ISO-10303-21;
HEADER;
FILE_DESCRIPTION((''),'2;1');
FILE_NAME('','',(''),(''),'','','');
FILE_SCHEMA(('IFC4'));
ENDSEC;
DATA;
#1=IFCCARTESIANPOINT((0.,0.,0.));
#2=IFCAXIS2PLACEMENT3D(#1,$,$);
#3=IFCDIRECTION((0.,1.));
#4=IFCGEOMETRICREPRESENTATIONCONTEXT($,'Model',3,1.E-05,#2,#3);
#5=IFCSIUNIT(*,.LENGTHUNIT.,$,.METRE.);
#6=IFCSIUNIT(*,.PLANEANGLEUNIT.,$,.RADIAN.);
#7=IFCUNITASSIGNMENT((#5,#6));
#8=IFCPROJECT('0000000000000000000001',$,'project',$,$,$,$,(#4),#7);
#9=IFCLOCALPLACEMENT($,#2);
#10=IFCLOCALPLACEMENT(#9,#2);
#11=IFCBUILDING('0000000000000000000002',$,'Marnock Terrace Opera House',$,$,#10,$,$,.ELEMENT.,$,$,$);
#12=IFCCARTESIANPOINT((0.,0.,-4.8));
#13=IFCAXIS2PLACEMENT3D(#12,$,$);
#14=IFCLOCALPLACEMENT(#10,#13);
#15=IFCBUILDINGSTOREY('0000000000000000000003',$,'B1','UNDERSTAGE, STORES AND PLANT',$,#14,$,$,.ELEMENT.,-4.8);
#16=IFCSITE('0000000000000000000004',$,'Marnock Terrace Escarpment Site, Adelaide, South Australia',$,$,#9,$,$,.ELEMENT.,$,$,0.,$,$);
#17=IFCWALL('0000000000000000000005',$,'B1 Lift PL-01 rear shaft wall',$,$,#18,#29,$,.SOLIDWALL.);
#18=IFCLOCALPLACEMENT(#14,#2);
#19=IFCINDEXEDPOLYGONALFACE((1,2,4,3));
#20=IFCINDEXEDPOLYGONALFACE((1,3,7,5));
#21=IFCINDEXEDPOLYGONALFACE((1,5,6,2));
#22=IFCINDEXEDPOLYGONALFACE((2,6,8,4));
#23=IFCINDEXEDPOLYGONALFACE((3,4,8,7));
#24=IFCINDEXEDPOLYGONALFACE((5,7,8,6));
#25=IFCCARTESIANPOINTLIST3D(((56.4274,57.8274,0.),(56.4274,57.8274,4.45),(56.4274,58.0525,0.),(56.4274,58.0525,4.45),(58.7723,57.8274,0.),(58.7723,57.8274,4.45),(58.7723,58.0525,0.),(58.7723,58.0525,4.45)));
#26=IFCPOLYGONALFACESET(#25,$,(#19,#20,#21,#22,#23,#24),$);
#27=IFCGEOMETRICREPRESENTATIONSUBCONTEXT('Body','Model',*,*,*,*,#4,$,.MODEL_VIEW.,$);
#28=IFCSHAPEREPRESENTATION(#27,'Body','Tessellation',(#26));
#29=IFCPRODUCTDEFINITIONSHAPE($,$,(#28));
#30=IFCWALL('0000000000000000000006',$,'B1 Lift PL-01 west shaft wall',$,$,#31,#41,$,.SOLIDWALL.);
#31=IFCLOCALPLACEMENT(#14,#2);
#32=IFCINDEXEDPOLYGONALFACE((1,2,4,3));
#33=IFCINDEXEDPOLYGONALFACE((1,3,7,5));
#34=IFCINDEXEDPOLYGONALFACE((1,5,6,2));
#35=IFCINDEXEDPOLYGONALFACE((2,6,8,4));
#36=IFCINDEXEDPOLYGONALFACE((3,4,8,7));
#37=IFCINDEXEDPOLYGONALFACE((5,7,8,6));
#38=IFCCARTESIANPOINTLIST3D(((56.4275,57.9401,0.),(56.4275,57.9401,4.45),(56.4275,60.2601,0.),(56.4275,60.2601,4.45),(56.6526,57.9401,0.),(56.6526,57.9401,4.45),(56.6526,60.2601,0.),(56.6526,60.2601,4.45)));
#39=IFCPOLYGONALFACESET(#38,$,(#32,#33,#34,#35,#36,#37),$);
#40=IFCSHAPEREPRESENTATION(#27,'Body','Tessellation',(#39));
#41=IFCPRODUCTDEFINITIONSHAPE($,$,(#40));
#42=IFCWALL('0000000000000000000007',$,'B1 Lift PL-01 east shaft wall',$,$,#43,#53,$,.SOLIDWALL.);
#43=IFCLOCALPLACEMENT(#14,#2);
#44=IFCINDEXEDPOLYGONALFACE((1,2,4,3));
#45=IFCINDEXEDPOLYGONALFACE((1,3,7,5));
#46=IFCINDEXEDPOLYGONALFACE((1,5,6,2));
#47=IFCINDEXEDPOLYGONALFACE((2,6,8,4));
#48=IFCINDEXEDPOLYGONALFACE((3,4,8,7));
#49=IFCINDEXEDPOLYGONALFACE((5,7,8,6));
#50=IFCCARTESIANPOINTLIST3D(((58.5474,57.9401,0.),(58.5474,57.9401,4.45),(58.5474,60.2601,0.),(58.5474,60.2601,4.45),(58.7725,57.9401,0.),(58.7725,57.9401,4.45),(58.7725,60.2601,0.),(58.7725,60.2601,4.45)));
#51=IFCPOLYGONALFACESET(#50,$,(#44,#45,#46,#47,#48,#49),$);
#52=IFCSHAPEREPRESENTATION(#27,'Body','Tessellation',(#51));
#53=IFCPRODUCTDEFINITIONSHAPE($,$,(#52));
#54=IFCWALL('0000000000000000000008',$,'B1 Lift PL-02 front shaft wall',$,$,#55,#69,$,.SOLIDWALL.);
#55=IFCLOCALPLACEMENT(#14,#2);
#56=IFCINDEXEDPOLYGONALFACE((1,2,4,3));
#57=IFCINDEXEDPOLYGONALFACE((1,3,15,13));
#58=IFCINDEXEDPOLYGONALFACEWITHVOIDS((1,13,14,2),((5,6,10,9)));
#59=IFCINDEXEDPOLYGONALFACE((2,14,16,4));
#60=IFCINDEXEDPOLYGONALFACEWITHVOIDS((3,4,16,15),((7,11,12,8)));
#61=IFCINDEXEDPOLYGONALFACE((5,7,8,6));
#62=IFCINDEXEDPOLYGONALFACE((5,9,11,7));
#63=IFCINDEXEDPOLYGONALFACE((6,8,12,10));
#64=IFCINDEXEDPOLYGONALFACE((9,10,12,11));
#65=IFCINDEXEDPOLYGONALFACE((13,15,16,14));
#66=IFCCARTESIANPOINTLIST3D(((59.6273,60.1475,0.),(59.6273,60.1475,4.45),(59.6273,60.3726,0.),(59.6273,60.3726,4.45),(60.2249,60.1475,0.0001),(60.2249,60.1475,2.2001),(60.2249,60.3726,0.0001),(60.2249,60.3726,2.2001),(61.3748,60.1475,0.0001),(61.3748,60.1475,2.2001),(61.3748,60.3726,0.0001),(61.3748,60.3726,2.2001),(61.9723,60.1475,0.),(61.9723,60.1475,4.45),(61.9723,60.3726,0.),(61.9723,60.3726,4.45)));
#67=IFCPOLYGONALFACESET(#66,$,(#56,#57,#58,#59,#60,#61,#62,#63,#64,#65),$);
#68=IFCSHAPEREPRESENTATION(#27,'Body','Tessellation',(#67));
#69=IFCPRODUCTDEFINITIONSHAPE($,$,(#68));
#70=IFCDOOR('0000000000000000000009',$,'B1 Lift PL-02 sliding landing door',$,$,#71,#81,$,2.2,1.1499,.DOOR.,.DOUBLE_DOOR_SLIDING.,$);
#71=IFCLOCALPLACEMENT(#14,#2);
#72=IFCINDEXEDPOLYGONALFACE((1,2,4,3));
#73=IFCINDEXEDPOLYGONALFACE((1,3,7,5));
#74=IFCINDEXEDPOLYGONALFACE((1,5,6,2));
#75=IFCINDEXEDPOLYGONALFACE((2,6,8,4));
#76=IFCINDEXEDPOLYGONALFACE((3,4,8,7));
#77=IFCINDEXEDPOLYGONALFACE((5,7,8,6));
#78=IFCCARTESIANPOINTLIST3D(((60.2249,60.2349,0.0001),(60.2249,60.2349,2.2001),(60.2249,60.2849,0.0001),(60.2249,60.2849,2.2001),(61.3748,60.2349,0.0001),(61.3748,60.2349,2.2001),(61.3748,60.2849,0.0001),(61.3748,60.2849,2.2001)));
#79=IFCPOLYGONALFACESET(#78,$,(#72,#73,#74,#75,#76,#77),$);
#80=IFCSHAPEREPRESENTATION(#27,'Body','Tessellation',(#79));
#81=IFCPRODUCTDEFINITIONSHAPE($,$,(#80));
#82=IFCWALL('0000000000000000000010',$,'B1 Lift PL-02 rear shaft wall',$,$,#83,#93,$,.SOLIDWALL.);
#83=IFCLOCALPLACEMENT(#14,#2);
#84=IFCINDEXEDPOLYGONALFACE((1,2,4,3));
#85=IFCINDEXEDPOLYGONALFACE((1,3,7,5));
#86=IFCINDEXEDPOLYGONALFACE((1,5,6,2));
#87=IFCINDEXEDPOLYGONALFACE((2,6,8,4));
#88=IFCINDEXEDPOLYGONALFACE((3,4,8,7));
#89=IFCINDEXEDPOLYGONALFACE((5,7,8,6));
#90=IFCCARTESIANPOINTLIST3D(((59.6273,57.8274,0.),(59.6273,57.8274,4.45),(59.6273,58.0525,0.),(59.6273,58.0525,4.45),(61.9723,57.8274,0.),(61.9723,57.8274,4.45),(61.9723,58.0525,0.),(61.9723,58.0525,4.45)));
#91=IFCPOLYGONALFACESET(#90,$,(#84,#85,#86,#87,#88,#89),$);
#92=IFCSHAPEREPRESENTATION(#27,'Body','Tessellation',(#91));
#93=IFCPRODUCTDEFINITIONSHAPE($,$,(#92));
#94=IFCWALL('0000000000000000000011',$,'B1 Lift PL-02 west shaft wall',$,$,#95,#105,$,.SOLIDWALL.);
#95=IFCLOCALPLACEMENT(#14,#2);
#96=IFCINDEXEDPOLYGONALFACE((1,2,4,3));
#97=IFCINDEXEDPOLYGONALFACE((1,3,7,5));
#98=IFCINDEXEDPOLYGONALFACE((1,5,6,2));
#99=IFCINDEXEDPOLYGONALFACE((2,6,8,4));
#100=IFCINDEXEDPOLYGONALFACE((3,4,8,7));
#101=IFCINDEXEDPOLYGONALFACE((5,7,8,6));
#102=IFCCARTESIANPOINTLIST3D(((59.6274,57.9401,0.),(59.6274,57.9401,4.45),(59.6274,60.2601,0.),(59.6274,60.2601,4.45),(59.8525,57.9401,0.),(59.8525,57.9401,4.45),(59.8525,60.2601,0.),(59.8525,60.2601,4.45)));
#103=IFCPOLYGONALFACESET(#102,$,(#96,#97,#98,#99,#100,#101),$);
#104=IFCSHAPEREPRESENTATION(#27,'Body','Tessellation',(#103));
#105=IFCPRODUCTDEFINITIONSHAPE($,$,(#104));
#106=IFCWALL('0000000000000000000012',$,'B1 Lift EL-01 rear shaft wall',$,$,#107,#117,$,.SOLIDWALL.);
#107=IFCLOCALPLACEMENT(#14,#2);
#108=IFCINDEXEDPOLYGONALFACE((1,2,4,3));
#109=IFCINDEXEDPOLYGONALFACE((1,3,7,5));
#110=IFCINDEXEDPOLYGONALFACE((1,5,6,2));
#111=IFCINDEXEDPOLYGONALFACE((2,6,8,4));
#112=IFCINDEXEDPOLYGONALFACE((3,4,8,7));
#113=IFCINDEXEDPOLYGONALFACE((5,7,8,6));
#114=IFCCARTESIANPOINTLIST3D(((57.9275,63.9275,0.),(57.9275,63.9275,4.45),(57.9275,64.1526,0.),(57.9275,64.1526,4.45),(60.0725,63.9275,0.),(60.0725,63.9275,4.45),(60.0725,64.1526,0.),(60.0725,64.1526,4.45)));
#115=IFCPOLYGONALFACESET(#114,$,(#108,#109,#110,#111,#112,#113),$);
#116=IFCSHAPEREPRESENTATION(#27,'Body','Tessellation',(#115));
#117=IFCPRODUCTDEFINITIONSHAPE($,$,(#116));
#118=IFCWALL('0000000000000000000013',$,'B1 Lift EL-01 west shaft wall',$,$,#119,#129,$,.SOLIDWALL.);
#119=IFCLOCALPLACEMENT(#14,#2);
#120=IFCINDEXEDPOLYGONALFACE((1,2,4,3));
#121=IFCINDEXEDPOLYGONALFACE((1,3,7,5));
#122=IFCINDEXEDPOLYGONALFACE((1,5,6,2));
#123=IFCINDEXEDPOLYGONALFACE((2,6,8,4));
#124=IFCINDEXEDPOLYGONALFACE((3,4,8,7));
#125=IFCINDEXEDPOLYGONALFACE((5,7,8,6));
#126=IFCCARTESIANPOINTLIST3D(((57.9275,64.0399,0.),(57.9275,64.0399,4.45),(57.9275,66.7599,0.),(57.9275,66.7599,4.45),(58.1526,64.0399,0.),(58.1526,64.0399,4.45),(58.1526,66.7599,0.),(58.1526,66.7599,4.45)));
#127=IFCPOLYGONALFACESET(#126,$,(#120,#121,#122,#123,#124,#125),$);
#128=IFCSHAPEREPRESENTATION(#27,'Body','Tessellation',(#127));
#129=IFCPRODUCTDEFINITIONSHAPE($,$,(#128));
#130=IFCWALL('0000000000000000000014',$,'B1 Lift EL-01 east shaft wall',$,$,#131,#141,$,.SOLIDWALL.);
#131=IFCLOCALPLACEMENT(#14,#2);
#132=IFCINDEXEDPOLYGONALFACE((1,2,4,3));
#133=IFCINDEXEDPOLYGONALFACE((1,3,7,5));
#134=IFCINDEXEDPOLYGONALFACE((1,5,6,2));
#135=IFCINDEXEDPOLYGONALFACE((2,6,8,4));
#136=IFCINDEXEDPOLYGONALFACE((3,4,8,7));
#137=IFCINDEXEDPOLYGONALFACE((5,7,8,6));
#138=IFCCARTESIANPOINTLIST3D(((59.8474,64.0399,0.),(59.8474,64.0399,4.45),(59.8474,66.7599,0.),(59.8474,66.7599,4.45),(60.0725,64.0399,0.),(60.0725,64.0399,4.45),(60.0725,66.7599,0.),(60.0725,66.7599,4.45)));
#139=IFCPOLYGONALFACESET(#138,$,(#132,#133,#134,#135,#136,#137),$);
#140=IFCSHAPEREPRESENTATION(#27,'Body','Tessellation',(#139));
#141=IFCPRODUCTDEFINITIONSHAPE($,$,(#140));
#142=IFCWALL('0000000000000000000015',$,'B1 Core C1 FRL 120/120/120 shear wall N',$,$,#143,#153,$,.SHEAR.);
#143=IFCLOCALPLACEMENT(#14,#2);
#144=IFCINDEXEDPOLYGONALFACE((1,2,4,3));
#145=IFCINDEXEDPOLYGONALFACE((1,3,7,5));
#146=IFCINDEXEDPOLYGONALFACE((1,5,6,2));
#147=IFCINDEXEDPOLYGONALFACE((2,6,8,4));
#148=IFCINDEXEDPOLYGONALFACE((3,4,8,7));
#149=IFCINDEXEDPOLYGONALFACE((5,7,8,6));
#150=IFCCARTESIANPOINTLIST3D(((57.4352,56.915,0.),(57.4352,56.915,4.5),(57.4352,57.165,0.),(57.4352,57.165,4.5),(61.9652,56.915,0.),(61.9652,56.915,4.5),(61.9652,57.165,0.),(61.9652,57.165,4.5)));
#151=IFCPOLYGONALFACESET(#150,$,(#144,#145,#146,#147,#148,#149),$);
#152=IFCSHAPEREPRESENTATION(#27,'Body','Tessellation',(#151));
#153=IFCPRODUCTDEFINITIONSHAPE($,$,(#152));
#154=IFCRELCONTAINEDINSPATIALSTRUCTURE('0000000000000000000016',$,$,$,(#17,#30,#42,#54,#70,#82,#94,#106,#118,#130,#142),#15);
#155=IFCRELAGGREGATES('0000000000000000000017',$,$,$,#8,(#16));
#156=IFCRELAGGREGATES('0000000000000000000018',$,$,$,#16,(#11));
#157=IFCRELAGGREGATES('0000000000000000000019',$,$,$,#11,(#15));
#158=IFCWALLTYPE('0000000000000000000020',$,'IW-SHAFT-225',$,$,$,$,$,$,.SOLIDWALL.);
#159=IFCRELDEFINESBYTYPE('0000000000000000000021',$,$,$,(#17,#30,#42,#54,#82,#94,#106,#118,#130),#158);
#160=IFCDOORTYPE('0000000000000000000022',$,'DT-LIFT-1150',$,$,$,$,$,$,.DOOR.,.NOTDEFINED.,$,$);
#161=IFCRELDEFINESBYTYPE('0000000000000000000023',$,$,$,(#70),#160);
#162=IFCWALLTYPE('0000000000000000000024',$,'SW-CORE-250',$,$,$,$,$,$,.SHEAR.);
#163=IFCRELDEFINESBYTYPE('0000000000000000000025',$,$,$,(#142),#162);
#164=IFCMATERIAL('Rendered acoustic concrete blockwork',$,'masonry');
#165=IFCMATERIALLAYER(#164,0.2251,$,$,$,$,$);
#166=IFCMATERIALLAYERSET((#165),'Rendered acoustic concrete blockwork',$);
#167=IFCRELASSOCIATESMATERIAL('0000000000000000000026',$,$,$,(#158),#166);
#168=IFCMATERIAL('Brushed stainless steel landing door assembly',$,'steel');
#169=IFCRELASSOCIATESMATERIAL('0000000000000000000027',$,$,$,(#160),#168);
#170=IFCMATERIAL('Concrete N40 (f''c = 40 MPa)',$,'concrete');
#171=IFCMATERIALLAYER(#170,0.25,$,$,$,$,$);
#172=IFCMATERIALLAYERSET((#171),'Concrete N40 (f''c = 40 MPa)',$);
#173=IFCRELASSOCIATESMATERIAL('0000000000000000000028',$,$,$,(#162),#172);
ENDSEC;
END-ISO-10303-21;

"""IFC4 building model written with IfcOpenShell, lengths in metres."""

from ifc_helpers import new_model, si_unit, direction, frame, frame_2d, origin, place, context, subcontext, project, spatial, rectangle, extrude, material, layer, layer_set, type_object, element, fill, save


model = new_model("IFC4")

# Units and contexts
model_context = context("Model", 3, precision=1e-05, world=origin(), true_north=direction((0.0, 1.0)))
body_context = subcontext(model_context, "Body", "Model", "MODEL_VIEW")
ifc_project = project(units=[si_unit("LENGTHUNIT", "METRE"), si_unit("PLANEANGLEUNIT", "RADIAN")], contexts=[model_context])

# Site, building, storey
site_placement = place(None, origin())
site = spatial("IfcSite", under=ifc_project, at=site_placement, Name="Marnock Terrace Escarpment Site, Adelaide, South Australia", CompositionType="ELEMENT", RefElevation=0.0)
building_placement = place(site_placement, origin())
building = spatial("IfcBuilding", under=site, at=building_placement, Name="Marnock Terrace Opera House", CompositionType="ELEMENT")
storey_placement = place(building_placement, frame((0.0, 0.0, -4.8)))
storey = spatial("IfcBuildingStorey", under=building, at=storey_placement, Name="B1", Description="UNDERSTAGE, STORES AND PLANT", CompositionType="ELEMENT", Elevation=-4.8)

# Shared definitions
ifc_material_1 = material(Name="Concrete N40 (f'c = 40 MPa)", Category="concrete")

# Shared definitions
ifc_material_2 = material(Name="Rendered acoustic concrete blockwork", Category="masonry")
ifc_layer_1 = layer(ifc_material_2, 0.2251)
ifc_layer_set_1 = layer_set([ifc_layer_1], Name="Rendered acoustic concrete blockwork")
wall_type_1 = type_object("IfcWallType", Name="IW-SHAFT-225", PredefinedType="SOLIDWALL", material=ifc_layer_set_1)
ifc_material_3 = material(Name="Brushed stainless steel landing door assembly", Category="steel")
door_type = type_object("IfcDoorType", Name="DT-LIFT-1150", OperationType="NOTDEFINED", PredefinedType="DOOR", material=ifc_material_3)

# Walls
wall_1_placement = place(storey_placement, frame((56.4275, 57.9399, 0.0), z_axis=(0.0, 0.0, 1.0), x_axis=(1.0, 0.0, 0.0)))
element("IfcWall", 1, at=wall_1_placement, inside=storey, type_object=wall_type_1, Name="B1 Lift PL-01 rear shaft wall", PredefinedType="SOLIDWALL", context=body_context, shape_type="SweptSolid", body=[
    extrude(rectangle(XDim=2.345, YDim=0.2251, at=frame_2d((1.1724, 0.0))), origin(), (0.0, 0.0, 1.0), 4.45),
])
for number, where, z_axis, x_axis, name in (
    (2, (56.54, 57.9399, 0.0), (0.0, 0.0, 1.0), (0.0, 1.0, 0.0), "B1 Lift PL-01 west shaft wall"),
    (3, (58.6599, 57.9399, 0.0), (0.0, 0.0, 1.0), (0.0, 1.0, 0.0), "B1 Lift PL-01 east shaft wall"),
):
    element("IfcWall", number, at=place(storey_placement, frame(where, z_axis=z_axis, x_axis=x_axis)), inside=storey, type_object=wall_type_1, Name=name, PredefinedType="SOLIDWALL", context=body_context, shape_type="SweptSolid", body=[
        extrude(rectangle(XDim=2.3201, YDim=0.2251, at=frame_2d((1.1602, 0.0))), origin(), (0.0, 0.0, 1.0), 4.45),
    ])

# Wall, opening, door
wall_2_placement = place(storey_placement, frame((59.6274, 60.26, 0.0), z_axis=(0.0, 0.0, 1.0), x_axis=(1.0, 0.0, 0.0)))
wall_2 = element("IfcWall", 4, at=wall_2_placement, inside=storey, type_object=wall_type_1, Name="B1 Lift PL-02 front shaft wall", PredefinedType="SOLIDWALL", context=body_context, shape_type="SweptSolid", body=[
    extrude(rectangle(XDim=2.345, YDim=0.2251, at=frame_2d((1.1724, 0.0))), origin(), (0.0, 0.0, 1.0), 4.45),
])
opening_1_placement = place(wall_2_placement, frame((0.5974, 0.0, 0.0)))
opening_1 = element("IfcOpeningElement", 5, at=opening_1_placement, cuts=wall_2, PredefinedType="OPENING", context=body_context, shape_type="SweptSolid", body=[
    extrude(rectangle(XDim=1.1499, YDim=2.2, at=frame_2d((0.575, 1.1001))), frame((0.0, 0.1226, 0.0), z_axis=(0.0, -1.0, 0.0), x_axis=(1.0, 0.0, 0.0)), (0.0, 0.0, 1.0), 0.2451),
])
door_1_placement = place(opening_1_placement, origin())
door_1 = element("IfcDoor", 6, at=door_1_placement, inside=storey, type_object=door_type, Name="B1 Lift PL-02 sliding landing door", OperationType="DOUBLE_DOOR_SLIDING", OverallHeight=2.2, OverallWidth=1.1499, PredefinedType="DOOR", context=body_context, shape_type="SweptSolid", body=[
    extrude(rectangle(XDim=1.1499, YDim=2.2, at=frame_2d((0.575, 1.1001))), frame((0.0, 0.0249, 0.0), z_axis=(0.0, -1.0, 0.0), x_axis=(1.0, 0.0, 0.0)), (0.0, 0.0, 1.0), 0.05),
])
fill(opening_1, door_1)

# Walls
wall_3_placement = place(storey_placement, frame((59.6274, 57.9399, 0.0), z_axis=(0.0, 0.0, 1.0), x_axis=(1.0, 0.0, 0.0)))
element("IfcWall", 7, at=wall_3_placement, inside=storey, type_object=wall_type_1, Name="B1 Lift PL-02 rear shaft wall", PredefinedType="SOLIDWALL", context=body_context, shape_type="SweptSolid", body=[
    extrude(rectangle(XDim=2.345, YDim=0.2251, at=frame_2d((1.1724, 0.0))), origin(), (0.0, 0.0, 1.0), 4.45),
])
wall_4_placement = place(storey_placement, frame((59.74, 57.9399, 0.0), z_axis=(0.0, 0.0, 1.0), x_axis=(0.0, 1.0, 0.0)))
element("IfcWall", 8, at=wall_4_placement, inside=storey, type_object=wall_type_1, Name="B1 Lift PL-02 west shaft wall", PredefinedType="SOLIDWALL", context=body_context, shape_type="SweptSolid", body=[
    extrude(rectangle(XDim=2.3201, YDim=0.2251, at=frame_2d((1.1602, 0.0))), origin(), (0.0, 0.0, 1.0), 4.45),
])
wall_5_placement = place(storey_placement, frame((57.9275, 64.04, 0.0), z_axis=(0.0, 0.0, 1.0), x_axis=(1.0, 0.0, 0.0)))
element("IfcWall", 9, at=wall_5_placement, inside=storey, type_object=wall_type_1, Name="B1 Lift EL-01 rear shaft wall", PredefinedType="SOLIDWALL", context=body_context, shape_type="SweptSolid", body=[
    extrude(rectangle(XDim=2.145, YDim=0.2251, at=frame_2d((1.0725, 0.0))), origin(), (0.0, 0.0, 1.0), 4.45),
])
for number, where, z_axis, x_axis, name in (
    (10, (58.04, 64.04, 0.0), (0.0, 0.0, 1.0), (0.0, 1.0, 0.0), "B1 Lift EL-01 west shaft wall"),
    (11, (59.96, 64.04, 0.0), (0.0, 0.0, 1.0), (0.0, 1.0, 0.0), "B1 Lift EL-01 east shaft wall"),
):
    element("IfcWall", number, at=place(storey_placement, frame(where, z_axis=z_axis, x_axis=x_axis)), inside=storey, type_object=wall_type_1, Name=name, PredefinedType="SOLIDWALL", context=body_context, shape_type="SweptSolid", body=[
        extrude(rectangle(XDim=2.72, YDim=0.2251, at=frame_2d((1.3599, 0.0))), origin(), (0.0, 0.0, 1.0), 4.45),
    ])
ifc_layer_2 = layer(ifc_material_1, 0.25)
ifc_layer_set_2 = layer_set([ifc_layer_2], Name="Concrete N40 (f'c = 40 MPa)")
wall_type_2 = type_object("IfcWallType", Name="SW-CORE-250", PredefinedType="SHEAR", material=ifc_layer_set_2)
wall_6_placement = place(storey_placement, frame((57.4351, 57.04, 0.0), z_axis=(0.0, 0.0, 1.0), x_axis=(1.0, 0.0, 0.0)))
element("IfcWall", 12, at=wall_6_placement, inside=storey, type_object=wall_type_2, Name="B1 Core C1 FRL 120/120/120 shear wall N", PredefinedType="SHEAR", context=body_context, shape_type="SweptSolid", body=[
    extrude(rectangle(XDim=4.53, YDim=0.25, at=frame_2d((2.2651, 0.0))), origin(), (0.0, 0.0, 1.0), 4.5),
])

save(model, "model.ifc")
